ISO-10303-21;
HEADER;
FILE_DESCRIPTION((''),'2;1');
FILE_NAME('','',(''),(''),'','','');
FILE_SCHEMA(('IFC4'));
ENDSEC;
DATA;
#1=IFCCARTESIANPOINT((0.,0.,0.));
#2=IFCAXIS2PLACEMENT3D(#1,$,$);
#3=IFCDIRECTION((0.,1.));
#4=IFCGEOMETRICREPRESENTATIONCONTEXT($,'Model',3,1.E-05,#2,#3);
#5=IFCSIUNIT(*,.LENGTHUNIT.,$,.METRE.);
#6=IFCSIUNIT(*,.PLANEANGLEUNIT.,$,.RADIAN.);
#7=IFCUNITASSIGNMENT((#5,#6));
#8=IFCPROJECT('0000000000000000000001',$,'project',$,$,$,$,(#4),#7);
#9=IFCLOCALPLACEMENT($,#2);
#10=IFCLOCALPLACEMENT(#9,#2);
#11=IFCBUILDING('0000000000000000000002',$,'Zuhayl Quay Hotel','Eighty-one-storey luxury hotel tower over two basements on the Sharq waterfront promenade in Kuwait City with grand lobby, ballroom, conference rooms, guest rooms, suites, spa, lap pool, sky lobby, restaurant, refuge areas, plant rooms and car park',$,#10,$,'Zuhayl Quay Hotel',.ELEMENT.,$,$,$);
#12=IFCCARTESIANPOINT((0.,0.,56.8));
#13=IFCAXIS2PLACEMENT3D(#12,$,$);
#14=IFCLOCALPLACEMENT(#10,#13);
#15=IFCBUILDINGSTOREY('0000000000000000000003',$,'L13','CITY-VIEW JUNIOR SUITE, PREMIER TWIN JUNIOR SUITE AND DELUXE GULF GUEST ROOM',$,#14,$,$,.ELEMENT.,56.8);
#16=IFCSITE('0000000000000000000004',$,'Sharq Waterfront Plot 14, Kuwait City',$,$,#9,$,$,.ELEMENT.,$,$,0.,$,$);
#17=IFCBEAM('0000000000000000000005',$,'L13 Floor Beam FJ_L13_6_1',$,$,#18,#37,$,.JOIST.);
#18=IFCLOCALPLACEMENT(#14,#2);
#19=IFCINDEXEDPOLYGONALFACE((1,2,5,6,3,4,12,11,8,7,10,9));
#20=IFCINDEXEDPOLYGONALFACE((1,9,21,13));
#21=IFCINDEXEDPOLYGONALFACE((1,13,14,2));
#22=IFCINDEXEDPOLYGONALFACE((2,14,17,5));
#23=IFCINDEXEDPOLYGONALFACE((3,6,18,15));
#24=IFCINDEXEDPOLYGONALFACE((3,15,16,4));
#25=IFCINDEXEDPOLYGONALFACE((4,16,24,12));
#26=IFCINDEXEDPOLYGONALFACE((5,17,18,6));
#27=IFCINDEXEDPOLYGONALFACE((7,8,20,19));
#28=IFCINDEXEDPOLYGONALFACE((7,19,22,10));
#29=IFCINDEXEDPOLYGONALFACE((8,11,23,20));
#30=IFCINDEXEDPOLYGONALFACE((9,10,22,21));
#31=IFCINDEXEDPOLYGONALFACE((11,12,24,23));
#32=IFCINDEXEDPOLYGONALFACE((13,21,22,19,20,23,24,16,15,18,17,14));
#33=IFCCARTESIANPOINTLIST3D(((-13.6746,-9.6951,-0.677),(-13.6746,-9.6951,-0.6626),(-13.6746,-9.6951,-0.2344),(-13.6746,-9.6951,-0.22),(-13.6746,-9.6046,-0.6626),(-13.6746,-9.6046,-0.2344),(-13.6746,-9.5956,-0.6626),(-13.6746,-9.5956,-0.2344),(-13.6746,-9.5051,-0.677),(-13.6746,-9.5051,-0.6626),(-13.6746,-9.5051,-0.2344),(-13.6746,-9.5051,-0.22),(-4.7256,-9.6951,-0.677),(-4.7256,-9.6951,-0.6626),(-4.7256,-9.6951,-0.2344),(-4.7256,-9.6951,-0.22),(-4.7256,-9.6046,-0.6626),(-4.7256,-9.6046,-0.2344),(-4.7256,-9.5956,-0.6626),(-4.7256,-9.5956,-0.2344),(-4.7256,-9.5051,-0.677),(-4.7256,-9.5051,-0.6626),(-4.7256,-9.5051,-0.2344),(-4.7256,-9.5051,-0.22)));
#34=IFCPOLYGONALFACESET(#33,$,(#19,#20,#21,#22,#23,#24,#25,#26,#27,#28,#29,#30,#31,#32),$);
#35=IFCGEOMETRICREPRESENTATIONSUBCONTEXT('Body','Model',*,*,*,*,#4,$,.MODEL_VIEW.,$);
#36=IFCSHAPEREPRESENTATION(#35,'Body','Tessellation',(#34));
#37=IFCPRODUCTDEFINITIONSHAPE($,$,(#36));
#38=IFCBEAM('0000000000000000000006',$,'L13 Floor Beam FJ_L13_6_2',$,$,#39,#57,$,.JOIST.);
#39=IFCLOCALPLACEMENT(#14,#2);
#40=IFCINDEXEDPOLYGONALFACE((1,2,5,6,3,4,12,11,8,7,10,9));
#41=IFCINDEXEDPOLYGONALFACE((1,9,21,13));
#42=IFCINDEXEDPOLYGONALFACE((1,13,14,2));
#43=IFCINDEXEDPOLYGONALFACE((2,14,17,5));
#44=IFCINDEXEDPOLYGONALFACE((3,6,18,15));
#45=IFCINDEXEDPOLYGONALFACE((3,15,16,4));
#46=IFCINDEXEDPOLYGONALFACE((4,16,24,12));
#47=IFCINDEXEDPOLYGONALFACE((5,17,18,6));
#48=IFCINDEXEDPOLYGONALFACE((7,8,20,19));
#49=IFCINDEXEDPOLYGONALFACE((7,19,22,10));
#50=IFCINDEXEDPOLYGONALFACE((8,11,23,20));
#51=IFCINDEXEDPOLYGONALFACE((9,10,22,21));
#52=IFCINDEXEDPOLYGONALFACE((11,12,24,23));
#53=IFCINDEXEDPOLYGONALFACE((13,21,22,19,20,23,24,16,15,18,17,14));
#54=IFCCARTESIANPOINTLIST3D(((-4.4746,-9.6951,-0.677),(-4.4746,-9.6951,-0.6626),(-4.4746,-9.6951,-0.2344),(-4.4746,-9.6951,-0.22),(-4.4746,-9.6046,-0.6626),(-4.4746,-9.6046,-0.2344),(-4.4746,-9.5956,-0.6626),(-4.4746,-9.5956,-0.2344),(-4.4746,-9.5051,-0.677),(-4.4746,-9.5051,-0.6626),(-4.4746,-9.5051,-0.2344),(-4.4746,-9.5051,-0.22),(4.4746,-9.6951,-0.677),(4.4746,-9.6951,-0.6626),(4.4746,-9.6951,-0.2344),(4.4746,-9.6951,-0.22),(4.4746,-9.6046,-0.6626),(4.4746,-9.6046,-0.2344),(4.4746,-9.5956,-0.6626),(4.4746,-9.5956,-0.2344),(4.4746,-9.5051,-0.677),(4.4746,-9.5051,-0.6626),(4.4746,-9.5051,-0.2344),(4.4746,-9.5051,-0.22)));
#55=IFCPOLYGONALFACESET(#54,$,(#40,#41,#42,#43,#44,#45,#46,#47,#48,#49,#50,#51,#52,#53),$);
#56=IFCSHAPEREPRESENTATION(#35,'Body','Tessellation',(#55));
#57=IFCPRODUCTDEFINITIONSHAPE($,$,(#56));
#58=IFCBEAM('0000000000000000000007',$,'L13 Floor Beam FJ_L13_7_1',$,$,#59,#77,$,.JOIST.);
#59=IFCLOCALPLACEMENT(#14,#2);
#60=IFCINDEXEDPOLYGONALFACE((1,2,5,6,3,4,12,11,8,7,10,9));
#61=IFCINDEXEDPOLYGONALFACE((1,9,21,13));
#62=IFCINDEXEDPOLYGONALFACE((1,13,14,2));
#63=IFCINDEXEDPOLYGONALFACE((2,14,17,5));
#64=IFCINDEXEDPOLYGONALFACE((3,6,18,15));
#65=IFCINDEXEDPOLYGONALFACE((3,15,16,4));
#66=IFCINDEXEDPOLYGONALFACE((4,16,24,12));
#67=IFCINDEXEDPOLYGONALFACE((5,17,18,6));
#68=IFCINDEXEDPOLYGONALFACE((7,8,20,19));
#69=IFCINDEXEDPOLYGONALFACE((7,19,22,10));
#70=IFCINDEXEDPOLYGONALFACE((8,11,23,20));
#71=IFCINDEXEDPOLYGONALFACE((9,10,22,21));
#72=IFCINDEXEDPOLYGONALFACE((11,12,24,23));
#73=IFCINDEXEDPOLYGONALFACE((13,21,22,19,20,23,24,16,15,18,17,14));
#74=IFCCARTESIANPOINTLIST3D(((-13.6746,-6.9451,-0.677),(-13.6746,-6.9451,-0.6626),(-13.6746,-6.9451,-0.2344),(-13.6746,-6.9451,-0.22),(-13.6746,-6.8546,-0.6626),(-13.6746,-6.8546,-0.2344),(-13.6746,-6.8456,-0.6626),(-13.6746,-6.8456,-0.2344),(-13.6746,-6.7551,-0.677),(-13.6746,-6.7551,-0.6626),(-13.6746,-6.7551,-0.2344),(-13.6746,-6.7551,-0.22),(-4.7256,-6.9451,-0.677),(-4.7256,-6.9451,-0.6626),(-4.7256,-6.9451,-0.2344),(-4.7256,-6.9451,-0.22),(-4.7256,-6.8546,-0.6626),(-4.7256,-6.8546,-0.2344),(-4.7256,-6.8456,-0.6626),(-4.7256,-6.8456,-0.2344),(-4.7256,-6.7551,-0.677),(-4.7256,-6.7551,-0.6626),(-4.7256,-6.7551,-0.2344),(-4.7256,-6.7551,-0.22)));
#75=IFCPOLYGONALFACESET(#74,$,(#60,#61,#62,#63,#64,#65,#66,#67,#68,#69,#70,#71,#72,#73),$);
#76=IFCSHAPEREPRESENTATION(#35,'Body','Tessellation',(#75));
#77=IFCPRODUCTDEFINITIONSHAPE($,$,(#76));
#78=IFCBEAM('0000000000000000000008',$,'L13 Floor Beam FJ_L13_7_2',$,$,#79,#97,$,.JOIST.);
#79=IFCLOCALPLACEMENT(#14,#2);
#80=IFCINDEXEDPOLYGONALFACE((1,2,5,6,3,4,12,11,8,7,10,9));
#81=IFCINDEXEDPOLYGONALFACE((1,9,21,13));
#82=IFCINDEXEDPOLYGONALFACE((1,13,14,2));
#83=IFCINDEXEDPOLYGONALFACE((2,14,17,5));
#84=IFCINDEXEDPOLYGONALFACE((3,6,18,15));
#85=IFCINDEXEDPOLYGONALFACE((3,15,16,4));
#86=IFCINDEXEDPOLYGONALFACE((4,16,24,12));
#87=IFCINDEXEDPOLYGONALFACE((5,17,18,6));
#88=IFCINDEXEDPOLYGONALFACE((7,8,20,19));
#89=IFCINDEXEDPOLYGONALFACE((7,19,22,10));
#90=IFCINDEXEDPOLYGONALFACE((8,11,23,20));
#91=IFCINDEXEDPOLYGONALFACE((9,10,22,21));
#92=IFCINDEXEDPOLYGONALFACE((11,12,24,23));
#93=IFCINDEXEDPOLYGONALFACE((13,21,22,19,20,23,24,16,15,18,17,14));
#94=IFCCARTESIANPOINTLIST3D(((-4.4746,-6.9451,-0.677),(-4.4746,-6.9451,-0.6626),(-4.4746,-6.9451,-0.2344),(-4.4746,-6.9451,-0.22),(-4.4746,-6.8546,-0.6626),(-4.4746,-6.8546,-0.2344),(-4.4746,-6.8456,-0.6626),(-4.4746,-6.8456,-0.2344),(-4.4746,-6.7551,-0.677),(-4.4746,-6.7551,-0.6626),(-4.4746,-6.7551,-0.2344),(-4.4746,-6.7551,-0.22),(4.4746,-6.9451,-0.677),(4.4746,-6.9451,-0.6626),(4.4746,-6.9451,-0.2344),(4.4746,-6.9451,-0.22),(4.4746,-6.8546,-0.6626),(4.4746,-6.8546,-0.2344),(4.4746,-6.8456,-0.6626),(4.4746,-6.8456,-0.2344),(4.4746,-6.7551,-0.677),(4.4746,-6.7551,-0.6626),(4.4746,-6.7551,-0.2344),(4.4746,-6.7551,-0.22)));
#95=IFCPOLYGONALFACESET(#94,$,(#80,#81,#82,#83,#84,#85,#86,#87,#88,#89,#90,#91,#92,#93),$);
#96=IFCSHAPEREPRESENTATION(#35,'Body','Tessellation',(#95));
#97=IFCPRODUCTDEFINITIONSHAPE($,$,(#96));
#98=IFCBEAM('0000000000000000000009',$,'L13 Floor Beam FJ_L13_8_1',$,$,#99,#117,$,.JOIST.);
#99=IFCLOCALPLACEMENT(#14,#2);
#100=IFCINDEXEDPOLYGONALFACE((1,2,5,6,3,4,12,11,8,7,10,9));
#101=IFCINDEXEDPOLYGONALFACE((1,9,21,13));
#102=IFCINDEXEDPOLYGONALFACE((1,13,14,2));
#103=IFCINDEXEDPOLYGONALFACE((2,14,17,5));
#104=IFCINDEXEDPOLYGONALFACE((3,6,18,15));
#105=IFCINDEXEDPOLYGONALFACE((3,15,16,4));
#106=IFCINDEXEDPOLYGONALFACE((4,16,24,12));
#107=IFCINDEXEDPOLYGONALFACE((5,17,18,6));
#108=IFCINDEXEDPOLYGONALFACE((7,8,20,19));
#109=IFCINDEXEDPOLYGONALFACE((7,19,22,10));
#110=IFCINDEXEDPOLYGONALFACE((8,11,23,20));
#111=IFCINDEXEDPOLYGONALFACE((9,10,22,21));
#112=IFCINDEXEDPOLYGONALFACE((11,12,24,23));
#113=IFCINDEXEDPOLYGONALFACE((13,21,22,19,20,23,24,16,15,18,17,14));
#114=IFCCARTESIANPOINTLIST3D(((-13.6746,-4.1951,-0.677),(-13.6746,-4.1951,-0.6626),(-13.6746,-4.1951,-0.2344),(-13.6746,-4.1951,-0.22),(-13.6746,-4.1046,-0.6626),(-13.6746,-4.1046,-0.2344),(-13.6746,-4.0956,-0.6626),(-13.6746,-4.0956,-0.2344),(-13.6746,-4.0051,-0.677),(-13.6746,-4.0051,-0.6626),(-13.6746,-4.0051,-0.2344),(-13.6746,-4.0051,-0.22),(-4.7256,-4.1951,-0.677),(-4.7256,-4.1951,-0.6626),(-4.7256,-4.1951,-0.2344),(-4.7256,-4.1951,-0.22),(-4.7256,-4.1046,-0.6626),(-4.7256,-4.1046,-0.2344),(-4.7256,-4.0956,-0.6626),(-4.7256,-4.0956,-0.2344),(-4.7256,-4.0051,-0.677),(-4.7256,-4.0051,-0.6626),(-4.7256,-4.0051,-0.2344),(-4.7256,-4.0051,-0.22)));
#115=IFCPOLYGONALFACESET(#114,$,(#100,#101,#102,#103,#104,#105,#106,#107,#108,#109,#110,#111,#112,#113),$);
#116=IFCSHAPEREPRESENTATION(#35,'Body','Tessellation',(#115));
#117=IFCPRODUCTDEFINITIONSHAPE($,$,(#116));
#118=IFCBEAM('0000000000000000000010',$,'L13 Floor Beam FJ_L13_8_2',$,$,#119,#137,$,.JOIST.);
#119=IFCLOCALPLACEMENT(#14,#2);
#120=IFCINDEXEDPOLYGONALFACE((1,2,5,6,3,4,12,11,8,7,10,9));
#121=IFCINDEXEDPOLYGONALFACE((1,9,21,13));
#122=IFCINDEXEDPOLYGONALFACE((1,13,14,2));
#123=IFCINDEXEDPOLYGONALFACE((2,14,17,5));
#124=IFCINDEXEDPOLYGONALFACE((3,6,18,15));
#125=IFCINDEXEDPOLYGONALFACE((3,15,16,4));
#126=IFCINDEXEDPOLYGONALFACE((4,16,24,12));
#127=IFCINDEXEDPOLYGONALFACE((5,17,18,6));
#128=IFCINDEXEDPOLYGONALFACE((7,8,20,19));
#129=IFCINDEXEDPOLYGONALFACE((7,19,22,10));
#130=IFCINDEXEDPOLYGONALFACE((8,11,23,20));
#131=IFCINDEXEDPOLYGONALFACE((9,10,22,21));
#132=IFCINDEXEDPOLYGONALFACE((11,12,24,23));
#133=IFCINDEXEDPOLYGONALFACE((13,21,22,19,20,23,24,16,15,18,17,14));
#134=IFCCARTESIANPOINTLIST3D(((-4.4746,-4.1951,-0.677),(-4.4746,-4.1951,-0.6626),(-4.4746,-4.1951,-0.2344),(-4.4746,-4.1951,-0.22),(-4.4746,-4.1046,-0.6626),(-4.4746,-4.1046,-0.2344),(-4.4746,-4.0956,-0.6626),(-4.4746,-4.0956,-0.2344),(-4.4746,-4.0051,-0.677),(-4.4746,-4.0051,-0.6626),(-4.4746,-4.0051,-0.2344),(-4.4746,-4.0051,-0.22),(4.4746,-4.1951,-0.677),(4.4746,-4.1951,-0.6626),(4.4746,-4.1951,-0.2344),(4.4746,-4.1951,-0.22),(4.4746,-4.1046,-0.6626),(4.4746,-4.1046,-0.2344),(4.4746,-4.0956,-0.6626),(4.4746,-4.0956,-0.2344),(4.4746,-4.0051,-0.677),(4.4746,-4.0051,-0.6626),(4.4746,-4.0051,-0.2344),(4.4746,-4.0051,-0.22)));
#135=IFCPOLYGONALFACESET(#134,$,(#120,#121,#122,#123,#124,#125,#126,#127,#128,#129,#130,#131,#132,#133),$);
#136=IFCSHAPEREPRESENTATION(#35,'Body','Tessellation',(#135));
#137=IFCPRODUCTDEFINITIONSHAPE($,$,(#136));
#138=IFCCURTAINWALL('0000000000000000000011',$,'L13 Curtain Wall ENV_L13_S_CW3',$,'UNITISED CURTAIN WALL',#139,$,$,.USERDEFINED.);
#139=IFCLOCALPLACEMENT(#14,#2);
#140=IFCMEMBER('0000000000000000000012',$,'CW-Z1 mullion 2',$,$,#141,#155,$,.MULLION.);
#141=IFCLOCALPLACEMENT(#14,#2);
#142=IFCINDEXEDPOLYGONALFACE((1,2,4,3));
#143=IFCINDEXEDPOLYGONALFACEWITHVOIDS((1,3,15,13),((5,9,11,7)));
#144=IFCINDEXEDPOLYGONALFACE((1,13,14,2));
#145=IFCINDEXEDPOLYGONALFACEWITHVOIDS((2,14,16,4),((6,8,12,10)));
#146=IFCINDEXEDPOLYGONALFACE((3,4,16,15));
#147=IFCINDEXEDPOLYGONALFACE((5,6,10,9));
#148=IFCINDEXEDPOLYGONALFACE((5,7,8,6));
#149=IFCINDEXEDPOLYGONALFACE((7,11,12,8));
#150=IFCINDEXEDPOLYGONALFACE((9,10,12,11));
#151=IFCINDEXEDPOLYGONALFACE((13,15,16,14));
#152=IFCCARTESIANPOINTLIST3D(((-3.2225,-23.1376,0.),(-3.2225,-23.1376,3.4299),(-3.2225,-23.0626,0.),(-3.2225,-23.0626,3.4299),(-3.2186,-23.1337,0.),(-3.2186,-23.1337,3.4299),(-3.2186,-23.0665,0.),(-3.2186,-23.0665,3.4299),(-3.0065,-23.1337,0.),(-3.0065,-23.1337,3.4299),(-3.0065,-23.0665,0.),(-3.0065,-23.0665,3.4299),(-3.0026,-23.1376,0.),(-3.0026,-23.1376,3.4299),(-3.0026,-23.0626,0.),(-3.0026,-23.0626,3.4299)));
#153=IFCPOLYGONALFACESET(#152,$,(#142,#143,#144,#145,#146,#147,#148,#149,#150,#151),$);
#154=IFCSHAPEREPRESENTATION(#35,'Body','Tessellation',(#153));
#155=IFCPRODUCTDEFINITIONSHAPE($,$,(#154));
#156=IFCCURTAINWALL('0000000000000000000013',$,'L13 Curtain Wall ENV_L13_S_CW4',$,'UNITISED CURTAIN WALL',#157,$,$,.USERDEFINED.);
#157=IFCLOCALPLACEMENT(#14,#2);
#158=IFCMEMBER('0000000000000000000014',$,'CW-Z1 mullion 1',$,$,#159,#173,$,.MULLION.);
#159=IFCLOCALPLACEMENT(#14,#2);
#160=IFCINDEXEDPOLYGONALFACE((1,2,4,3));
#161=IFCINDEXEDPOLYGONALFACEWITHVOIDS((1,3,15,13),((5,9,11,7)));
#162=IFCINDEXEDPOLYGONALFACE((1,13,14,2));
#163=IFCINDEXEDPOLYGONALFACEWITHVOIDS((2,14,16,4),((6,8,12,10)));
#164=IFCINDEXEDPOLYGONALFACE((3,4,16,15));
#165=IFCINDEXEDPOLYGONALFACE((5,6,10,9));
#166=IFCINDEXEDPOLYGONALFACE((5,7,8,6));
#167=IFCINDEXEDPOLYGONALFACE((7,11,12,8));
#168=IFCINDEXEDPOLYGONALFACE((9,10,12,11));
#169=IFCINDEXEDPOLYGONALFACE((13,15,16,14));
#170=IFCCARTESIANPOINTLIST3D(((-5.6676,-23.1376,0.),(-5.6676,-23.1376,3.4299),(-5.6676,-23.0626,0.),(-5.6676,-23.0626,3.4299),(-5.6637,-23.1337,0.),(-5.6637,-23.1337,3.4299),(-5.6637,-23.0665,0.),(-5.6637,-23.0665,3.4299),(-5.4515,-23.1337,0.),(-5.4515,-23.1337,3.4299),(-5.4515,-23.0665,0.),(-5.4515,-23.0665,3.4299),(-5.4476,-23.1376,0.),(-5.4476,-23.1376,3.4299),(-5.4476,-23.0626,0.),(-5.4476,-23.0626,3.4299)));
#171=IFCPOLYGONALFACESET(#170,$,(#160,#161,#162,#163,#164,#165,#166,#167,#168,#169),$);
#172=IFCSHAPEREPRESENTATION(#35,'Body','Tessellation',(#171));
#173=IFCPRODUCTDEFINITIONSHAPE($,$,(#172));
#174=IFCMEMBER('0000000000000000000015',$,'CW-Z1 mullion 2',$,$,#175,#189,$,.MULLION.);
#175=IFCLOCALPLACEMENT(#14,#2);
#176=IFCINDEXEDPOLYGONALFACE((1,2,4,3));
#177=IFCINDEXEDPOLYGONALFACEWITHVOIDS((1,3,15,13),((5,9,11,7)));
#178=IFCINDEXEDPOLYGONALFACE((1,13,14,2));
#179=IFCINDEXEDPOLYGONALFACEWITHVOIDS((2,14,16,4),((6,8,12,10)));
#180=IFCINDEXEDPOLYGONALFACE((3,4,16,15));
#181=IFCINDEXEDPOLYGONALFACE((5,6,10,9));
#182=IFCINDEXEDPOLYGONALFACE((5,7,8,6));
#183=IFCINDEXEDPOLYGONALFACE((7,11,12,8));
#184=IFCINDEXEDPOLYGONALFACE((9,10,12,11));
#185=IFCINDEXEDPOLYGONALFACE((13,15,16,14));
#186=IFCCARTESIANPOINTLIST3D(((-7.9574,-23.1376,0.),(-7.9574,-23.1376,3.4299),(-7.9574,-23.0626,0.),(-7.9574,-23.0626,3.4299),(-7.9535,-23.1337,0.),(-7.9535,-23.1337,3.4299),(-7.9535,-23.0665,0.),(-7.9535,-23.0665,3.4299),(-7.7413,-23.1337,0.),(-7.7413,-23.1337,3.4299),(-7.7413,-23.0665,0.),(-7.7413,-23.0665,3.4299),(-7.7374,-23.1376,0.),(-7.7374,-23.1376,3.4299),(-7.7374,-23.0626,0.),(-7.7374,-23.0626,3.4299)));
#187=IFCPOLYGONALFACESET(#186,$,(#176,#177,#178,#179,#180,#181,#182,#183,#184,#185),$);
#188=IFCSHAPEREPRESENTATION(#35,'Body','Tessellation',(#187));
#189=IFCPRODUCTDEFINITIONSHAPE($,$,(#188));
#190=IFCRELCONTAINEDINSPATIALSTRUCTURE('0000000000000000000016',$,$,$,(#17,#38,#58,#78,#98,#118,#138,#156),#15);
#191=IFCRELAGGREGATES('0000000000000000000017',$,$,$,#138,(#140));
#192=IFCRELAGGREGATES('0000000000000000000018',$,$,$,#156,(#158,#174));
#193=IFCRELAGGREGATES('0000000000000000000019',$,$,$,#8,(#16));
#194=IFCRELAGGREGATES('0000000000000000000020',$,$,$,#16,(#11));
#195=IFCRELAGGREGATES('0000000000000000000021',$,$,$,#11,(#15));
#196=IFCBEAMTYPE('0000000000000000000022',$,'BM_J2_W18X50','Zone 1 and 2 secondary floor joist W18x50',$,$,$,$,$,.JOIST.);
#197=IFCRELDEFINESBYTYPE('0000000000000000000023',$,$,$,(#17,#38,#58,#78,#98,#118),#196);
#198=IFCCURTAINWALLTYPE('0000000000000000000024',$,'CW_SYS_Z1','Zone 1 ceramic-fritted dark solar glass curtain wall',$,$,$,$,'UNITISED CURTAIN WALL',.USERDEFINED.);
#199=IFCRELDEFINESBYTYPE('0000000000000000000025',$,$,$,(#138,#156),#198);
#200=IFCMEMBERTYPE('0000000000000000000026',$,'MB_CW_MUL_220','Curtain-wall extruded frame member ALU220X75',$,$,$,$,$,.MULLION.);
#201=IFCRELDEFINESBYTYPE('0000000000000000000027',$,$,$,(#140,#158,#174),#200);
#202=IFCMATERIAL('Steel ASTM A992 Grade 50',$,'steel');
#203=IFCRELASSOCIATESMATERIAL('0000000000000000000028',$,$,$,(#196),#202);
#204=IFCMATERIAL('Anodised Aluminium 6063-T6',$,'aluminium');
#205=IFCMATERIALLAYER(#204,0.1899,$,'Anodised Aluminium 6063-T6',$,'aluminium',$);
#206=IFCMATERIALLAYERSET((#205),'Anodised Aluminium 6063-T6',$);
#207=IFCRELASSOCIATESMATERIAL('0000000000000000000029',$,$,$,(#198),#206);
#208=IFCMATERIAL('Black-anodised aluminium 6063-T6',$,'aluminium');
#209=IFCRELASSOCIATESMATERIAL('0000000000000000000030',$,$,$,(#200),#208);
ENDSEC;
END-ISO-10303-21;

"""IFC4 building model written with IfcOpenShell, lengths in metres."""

from ifc_helpers import new_model, si_unit, direction, frame, origin, origin_2d, place, context, subcontext, project, spatial, hollow_rectangle, i_section, extrude, material, layer, layer_set, material_profile, profile_set, type_object, element, aggregate, save


model = new_model("IFC4")

# Units and contexts
model_context = context("Model", 3, precision=1e-05, world=origin(), true_north=direction((0.0, 1.0)))
body_context = subcontext(model_context, "Body", "Model", "MODEL_VIEW")
ifc_project = project(units=[si_unit("LENGTHUNIT", "METRE"), si_unit("PLANEANGLEUNIT", "RADIAN")], contexts=[model_context])

# Site, building, storey
site_placement = place(None, origin())
site = spatial("IfcSite", under=ifc_project, at=site_placement, Name="Sharq Waterfront Plot 14, Kuwait City", CompositionType="ELEMENT", RefElevation=0.0)
building_placement = place(site_placement, origin())
building = spatial("IfcBuilding", under=site, at=building_placement, Name="Zuhayl Quay Hotel", Description="Eighty-one-storey luxury hotel tower over two basements on the Sharq waterfront promenade in Kuwait City with grand lobby, ballroom, conference rooms, guest rooms, suites, spa, lap pool, sky lobby, restaurant, refuge areas, plant rooms and car park", LongName="Zuhayl Quay Hotel", CompositionType="ELEMENT")
storey_placement = place(building_placement, frame((0.0, 0.0, 56.8)))
storey = spatial("IfcBuildingStorey", under=building, at=storey_placement, Name="L13", Description="CITY-VIEW JUNIOR SUITE, PREMIER TWIN JUNIOR SUITE AND DELUXE GULF GUEST ROOM", CompositionType="ELEMENT", Elevation=56.8)

# Beams
ifc_material_1 = material(Name="Steel ASTM A992 Grade 50", Category="steel")
ifc_material_profile_1 = material_profile(ifc_material_1, i_section(OverallWidth=0.1899, OverallDepth=0.457, WebThickness=0.009, FlangeThickness=0.0144, at=origin_2d()), Name="W18X50")
ifc_profile_set_1 = profile_set([ifc_material_profile_1], Name="Steel ASTM A992 Grade 50")
beam_type_1 = type_object("IfcBeamType", Name="BM_J2_W18X50", Description="Zone 1 and 2 secondary floor joist W18x50", PredefinedType="JOIST", material=ifc_profile_set_1)
beam_1_placement = place(storey_placement, frame((-13.6746, -9.6001, -0.4485), z_axis=(1.0, 0.0, 0.0), x_axis=(0.0, 1.0, 0.0)))
element("IfcBeam", 1, at=beam_1_placement, inside=storey, type_object=beam_type_1, Name="L13 Floor Beam FJ_L13_6_1", PredefinedType="JOIST", context=body_context, shape_type="SweptSolid", body=[
    extrude(i_section(OverallWidth=0.1899, OverallDepth=0.457, WebThickness=0.009, FlangeThickness=0.0144, at=origin_2d()), origin(), (0.0, 0.0, 1.0), 8.949),
])
beam_2_placement = place(storey_placement, frame((-4.4746, -9.6001, -0.4485), z_axis=(1.0, 0.0, 0.0), x_axis=(0.0, 1.0, 0.0)))
element("IfcBeam", 2, at=beam_2_placement, inside=storey, type_object=beam_type_1, Name="L13 Floor Beam FJ_L13_6_2", PredefinedType="JOIST", context=body_context, shape_type="SweptSolid", body=[
    extrude(i_section(OverallWidth=0.1899, OverallDepth=0.457, WebThickness=0.009, FlangeThickness=0.0144, at=origin_2d()), origin(), (0.0, 0.0, 1.0), 8.9492),
])
beam_3_placement = place(storey_placement, frame((-13.6746, -6.8501, -0.4485), z_axis=(1.0, 0.0, 0.0), x_axis=(0.0, 1.0, 0.0)))
element("IfcBeam", 3, at=beam_3_placement, inside=storey, type_object=beam_type_1, Name="L13 Floor Beam FJ_L13_7_1", PredefinedType="JOIST", context=body_context, shape_type="SweptSolid", body=[
    extrude(i_section(OverallWidth=0.1899, OverallDepth=0.457, WebThickness=0.009, FlangeThickness=0.0144, at=origin_2d()), origin(), (0.0, 0.0, 1.0), 8.949),
])
beam_4_placement = place(storey_placement, frame((-4.4746, -6.8501, -0.4485), z_axis=(1.0, 0.0, 0.0), x_axis=(0.0, 1.0, 0.0)))
element("IfcBeam", 4, at=beam_4_placement, inside=storey, type_object=beam_type_1, Name="L13 Floor Beam FJ_L13_7_2", PredefinedType="JOIST", context=body_context, shape_type="SweptSolid", body=[
    extrude(i_section(OverallWidth=0.1899, OverallDepth=0.457, WebThickness=0.009, FlangeThickness=0.0144, at=origin_2d()), origin(), (0.0, 0.0, 1.0), 8.9492),
])
beam_5_placement = place(storey_placement, frame((-13.6746, -4.1001, -0.4485), z_axis=(1.0, 0.0, 0.0), x_axis=(0.0, 1.0, 0.0)))
element("IfcBeam", 5, at=beam_5_placement, inside=storey, type_object=beam_type_1, Name="L13 Floor Beam FJ_L13_8_1", PredefinedType="JOIST", context=body_context, shape_type="SweptSolid", body=[
    extrude(i_section(OverallWidth=0.1899, OverallDepth=0.457, WebThickness=0.009, FlangeThickness=0.0144, at=origin_2d()), origin(), (0.0, 0.0, 1.0), 8.949),
])
beam_6_placement = place(storey_placement, frame((-4.4746, -4.1001, -0.4485), z_axis=(1.0, 0.0, 0.0), x_axis=(0.0, 1.0, 0.0)))
element("IfcBeam", 6, at=beam_6_placement, inside=storey, type_object=beam_type_1, Name="L13 Floor Beam FJ_L13_8_2", PredefinedType="JOIST", context=body_context, shape_type="SweptSolid", body=[
    extrude(i_section(OverallWidth=0.1899, OverallDepth=0.457, WebThickness=0.009, FlangeThickness=0.0144, at=origin_2d()), origin(), (0.0, 0.0, 1.0), 8.9492),
])

# Curtain wall, member
ifc_material_2 = material(Name="Anodised Aluminium 6063-T6", Category="aluminium")
ifc_layer_1 = layer(ifc_material_2, 0.1899, Name="Anodised Aluminium 6063-T6", Category="aluminium")
ifc_layer_set_1 = layer_set([ifc_layer_1], Name="Anodised Aluminium 6063-T6")
curtain_wall_type = type_object("IfcCurtainWallType", Name="CW_SYS_Z1", Description="Zone 1 ceramic-fritted dark solar glass curtain wall", ElementType="UNITISED CURTAIN WALL", PredefinedType="USERDEFINED", material=ifc_layer_set_1)
curtain_wall_1_placement = place(storey_placement, origin())
curtain_wall_1 = element("IfcCurtainWall", 7, at=curtain_wall_1_placement, inside=storey, type_object=curtain_wall_type, Name="L13 Curtain Wall ENV_L13_S_CW3", ObjectType="UNITISED CURTAIN WALL", PredefinedType="USERDEFINED")
ifc_material_3 = material(Name="Black-anodised aluminium 6063-T6", Category="aluminium")
ifc_material_profile_2 = material_profile(ifc_material_3, hollow_rectangle(XDim=0.075, YDim=0.22, WallThickness=0.0039, at=origin_2d()), Name="ALU220X75")
ifc_profile_set_2 = profile_set([ifc_material_profile_2], Name="Black-anodised aluminium 6063-T6")
member_type_1 = type_object("IfcMemberType", Name="MB_CW_MUL_220", Description="Curtain-wall extruded frame member ALU220X75", PredefinedType="MULLION", material=ifc_profile_set_2)
member_1_placement = place(storey_placement, frame((-3.1125, -23.1001, 0.0), z_axis=(0.0, 0.0, 1.0), x_axis=(0.0, -1.0, 0.0)))
member_1 = element("IfcMember", 8, at=member_1_placement, type_object=member_type_1, Name="CW-Z1 mullion 2", PredefinedType="MULLION", context=body_context, shape_type="SweptSolid", body=[
    extrude(hollow_rectangle(XDim=0.075, YDim=0.22, WallThickness=0.0039, at=origin_2d()), origin(), (0.0, 0.0, 1.0), 3.4299),
])
aggregate(curtain_wall_1, [member_1])

# Curtain wall, members
curtain_wall_2_placement = place(storey_placement, origin())
curtain_wall_2 = element("IfcCurtainWall", 9, at=curtain_wall_2_placement, inside=storey, type_object=curtain_wall_type, Name="L13 Curtain Wall ENV_L13_S_CW4", ObjectType="UNITISED CURTAIN WALL", PredefinedType="USERDEFINED")
member_2_placement = place(storey_placement, frame((-5.5576, -23.1001, 0.0), z_axis=(0.0, 0.0, 1.0), x_axis=(0.0, -1.0, 0.0)))
member_2 = element("IfcMember", 10, at=member_2_placement, type_object=member_type_1, Name="CW-Z1 mullion 1", PredefinedType="MULLION", context=body_context, shape_type="SweptSolid", body=[
    extrude(hollow_rectangle(XDim=0.075, YDim=0.22, WallThickness=0.0039, at=origin_2d()), origin(), (0.0, 0.0, 1.0), 3.4299),
])
member_3_placement = place(storey_placement, frame((-7.8474, -23.1001, 0.0), z_axis=(0.0, 0.0, 1.0), x_axis=(0.0, -1.0, 0.0)))
member_3 = element("IfcMember", 11, at=member_3_placement, type_object=member_type_1, Name="CW-Z1 mullion 2", PredefinedType="MULLION", context=body_context, shape_type="SweptSolid", body=[
    extrude(hollow_rectangle(XDim=0.075, YDim=0.22, WallThickness=0.0039, at=origin_2d()), origin(), (0.0, 0.0, 1.0), 3.4299),
])
aggregate(curtain_wall_2, [member_2, member_3])

save(model, "model.ifc")
